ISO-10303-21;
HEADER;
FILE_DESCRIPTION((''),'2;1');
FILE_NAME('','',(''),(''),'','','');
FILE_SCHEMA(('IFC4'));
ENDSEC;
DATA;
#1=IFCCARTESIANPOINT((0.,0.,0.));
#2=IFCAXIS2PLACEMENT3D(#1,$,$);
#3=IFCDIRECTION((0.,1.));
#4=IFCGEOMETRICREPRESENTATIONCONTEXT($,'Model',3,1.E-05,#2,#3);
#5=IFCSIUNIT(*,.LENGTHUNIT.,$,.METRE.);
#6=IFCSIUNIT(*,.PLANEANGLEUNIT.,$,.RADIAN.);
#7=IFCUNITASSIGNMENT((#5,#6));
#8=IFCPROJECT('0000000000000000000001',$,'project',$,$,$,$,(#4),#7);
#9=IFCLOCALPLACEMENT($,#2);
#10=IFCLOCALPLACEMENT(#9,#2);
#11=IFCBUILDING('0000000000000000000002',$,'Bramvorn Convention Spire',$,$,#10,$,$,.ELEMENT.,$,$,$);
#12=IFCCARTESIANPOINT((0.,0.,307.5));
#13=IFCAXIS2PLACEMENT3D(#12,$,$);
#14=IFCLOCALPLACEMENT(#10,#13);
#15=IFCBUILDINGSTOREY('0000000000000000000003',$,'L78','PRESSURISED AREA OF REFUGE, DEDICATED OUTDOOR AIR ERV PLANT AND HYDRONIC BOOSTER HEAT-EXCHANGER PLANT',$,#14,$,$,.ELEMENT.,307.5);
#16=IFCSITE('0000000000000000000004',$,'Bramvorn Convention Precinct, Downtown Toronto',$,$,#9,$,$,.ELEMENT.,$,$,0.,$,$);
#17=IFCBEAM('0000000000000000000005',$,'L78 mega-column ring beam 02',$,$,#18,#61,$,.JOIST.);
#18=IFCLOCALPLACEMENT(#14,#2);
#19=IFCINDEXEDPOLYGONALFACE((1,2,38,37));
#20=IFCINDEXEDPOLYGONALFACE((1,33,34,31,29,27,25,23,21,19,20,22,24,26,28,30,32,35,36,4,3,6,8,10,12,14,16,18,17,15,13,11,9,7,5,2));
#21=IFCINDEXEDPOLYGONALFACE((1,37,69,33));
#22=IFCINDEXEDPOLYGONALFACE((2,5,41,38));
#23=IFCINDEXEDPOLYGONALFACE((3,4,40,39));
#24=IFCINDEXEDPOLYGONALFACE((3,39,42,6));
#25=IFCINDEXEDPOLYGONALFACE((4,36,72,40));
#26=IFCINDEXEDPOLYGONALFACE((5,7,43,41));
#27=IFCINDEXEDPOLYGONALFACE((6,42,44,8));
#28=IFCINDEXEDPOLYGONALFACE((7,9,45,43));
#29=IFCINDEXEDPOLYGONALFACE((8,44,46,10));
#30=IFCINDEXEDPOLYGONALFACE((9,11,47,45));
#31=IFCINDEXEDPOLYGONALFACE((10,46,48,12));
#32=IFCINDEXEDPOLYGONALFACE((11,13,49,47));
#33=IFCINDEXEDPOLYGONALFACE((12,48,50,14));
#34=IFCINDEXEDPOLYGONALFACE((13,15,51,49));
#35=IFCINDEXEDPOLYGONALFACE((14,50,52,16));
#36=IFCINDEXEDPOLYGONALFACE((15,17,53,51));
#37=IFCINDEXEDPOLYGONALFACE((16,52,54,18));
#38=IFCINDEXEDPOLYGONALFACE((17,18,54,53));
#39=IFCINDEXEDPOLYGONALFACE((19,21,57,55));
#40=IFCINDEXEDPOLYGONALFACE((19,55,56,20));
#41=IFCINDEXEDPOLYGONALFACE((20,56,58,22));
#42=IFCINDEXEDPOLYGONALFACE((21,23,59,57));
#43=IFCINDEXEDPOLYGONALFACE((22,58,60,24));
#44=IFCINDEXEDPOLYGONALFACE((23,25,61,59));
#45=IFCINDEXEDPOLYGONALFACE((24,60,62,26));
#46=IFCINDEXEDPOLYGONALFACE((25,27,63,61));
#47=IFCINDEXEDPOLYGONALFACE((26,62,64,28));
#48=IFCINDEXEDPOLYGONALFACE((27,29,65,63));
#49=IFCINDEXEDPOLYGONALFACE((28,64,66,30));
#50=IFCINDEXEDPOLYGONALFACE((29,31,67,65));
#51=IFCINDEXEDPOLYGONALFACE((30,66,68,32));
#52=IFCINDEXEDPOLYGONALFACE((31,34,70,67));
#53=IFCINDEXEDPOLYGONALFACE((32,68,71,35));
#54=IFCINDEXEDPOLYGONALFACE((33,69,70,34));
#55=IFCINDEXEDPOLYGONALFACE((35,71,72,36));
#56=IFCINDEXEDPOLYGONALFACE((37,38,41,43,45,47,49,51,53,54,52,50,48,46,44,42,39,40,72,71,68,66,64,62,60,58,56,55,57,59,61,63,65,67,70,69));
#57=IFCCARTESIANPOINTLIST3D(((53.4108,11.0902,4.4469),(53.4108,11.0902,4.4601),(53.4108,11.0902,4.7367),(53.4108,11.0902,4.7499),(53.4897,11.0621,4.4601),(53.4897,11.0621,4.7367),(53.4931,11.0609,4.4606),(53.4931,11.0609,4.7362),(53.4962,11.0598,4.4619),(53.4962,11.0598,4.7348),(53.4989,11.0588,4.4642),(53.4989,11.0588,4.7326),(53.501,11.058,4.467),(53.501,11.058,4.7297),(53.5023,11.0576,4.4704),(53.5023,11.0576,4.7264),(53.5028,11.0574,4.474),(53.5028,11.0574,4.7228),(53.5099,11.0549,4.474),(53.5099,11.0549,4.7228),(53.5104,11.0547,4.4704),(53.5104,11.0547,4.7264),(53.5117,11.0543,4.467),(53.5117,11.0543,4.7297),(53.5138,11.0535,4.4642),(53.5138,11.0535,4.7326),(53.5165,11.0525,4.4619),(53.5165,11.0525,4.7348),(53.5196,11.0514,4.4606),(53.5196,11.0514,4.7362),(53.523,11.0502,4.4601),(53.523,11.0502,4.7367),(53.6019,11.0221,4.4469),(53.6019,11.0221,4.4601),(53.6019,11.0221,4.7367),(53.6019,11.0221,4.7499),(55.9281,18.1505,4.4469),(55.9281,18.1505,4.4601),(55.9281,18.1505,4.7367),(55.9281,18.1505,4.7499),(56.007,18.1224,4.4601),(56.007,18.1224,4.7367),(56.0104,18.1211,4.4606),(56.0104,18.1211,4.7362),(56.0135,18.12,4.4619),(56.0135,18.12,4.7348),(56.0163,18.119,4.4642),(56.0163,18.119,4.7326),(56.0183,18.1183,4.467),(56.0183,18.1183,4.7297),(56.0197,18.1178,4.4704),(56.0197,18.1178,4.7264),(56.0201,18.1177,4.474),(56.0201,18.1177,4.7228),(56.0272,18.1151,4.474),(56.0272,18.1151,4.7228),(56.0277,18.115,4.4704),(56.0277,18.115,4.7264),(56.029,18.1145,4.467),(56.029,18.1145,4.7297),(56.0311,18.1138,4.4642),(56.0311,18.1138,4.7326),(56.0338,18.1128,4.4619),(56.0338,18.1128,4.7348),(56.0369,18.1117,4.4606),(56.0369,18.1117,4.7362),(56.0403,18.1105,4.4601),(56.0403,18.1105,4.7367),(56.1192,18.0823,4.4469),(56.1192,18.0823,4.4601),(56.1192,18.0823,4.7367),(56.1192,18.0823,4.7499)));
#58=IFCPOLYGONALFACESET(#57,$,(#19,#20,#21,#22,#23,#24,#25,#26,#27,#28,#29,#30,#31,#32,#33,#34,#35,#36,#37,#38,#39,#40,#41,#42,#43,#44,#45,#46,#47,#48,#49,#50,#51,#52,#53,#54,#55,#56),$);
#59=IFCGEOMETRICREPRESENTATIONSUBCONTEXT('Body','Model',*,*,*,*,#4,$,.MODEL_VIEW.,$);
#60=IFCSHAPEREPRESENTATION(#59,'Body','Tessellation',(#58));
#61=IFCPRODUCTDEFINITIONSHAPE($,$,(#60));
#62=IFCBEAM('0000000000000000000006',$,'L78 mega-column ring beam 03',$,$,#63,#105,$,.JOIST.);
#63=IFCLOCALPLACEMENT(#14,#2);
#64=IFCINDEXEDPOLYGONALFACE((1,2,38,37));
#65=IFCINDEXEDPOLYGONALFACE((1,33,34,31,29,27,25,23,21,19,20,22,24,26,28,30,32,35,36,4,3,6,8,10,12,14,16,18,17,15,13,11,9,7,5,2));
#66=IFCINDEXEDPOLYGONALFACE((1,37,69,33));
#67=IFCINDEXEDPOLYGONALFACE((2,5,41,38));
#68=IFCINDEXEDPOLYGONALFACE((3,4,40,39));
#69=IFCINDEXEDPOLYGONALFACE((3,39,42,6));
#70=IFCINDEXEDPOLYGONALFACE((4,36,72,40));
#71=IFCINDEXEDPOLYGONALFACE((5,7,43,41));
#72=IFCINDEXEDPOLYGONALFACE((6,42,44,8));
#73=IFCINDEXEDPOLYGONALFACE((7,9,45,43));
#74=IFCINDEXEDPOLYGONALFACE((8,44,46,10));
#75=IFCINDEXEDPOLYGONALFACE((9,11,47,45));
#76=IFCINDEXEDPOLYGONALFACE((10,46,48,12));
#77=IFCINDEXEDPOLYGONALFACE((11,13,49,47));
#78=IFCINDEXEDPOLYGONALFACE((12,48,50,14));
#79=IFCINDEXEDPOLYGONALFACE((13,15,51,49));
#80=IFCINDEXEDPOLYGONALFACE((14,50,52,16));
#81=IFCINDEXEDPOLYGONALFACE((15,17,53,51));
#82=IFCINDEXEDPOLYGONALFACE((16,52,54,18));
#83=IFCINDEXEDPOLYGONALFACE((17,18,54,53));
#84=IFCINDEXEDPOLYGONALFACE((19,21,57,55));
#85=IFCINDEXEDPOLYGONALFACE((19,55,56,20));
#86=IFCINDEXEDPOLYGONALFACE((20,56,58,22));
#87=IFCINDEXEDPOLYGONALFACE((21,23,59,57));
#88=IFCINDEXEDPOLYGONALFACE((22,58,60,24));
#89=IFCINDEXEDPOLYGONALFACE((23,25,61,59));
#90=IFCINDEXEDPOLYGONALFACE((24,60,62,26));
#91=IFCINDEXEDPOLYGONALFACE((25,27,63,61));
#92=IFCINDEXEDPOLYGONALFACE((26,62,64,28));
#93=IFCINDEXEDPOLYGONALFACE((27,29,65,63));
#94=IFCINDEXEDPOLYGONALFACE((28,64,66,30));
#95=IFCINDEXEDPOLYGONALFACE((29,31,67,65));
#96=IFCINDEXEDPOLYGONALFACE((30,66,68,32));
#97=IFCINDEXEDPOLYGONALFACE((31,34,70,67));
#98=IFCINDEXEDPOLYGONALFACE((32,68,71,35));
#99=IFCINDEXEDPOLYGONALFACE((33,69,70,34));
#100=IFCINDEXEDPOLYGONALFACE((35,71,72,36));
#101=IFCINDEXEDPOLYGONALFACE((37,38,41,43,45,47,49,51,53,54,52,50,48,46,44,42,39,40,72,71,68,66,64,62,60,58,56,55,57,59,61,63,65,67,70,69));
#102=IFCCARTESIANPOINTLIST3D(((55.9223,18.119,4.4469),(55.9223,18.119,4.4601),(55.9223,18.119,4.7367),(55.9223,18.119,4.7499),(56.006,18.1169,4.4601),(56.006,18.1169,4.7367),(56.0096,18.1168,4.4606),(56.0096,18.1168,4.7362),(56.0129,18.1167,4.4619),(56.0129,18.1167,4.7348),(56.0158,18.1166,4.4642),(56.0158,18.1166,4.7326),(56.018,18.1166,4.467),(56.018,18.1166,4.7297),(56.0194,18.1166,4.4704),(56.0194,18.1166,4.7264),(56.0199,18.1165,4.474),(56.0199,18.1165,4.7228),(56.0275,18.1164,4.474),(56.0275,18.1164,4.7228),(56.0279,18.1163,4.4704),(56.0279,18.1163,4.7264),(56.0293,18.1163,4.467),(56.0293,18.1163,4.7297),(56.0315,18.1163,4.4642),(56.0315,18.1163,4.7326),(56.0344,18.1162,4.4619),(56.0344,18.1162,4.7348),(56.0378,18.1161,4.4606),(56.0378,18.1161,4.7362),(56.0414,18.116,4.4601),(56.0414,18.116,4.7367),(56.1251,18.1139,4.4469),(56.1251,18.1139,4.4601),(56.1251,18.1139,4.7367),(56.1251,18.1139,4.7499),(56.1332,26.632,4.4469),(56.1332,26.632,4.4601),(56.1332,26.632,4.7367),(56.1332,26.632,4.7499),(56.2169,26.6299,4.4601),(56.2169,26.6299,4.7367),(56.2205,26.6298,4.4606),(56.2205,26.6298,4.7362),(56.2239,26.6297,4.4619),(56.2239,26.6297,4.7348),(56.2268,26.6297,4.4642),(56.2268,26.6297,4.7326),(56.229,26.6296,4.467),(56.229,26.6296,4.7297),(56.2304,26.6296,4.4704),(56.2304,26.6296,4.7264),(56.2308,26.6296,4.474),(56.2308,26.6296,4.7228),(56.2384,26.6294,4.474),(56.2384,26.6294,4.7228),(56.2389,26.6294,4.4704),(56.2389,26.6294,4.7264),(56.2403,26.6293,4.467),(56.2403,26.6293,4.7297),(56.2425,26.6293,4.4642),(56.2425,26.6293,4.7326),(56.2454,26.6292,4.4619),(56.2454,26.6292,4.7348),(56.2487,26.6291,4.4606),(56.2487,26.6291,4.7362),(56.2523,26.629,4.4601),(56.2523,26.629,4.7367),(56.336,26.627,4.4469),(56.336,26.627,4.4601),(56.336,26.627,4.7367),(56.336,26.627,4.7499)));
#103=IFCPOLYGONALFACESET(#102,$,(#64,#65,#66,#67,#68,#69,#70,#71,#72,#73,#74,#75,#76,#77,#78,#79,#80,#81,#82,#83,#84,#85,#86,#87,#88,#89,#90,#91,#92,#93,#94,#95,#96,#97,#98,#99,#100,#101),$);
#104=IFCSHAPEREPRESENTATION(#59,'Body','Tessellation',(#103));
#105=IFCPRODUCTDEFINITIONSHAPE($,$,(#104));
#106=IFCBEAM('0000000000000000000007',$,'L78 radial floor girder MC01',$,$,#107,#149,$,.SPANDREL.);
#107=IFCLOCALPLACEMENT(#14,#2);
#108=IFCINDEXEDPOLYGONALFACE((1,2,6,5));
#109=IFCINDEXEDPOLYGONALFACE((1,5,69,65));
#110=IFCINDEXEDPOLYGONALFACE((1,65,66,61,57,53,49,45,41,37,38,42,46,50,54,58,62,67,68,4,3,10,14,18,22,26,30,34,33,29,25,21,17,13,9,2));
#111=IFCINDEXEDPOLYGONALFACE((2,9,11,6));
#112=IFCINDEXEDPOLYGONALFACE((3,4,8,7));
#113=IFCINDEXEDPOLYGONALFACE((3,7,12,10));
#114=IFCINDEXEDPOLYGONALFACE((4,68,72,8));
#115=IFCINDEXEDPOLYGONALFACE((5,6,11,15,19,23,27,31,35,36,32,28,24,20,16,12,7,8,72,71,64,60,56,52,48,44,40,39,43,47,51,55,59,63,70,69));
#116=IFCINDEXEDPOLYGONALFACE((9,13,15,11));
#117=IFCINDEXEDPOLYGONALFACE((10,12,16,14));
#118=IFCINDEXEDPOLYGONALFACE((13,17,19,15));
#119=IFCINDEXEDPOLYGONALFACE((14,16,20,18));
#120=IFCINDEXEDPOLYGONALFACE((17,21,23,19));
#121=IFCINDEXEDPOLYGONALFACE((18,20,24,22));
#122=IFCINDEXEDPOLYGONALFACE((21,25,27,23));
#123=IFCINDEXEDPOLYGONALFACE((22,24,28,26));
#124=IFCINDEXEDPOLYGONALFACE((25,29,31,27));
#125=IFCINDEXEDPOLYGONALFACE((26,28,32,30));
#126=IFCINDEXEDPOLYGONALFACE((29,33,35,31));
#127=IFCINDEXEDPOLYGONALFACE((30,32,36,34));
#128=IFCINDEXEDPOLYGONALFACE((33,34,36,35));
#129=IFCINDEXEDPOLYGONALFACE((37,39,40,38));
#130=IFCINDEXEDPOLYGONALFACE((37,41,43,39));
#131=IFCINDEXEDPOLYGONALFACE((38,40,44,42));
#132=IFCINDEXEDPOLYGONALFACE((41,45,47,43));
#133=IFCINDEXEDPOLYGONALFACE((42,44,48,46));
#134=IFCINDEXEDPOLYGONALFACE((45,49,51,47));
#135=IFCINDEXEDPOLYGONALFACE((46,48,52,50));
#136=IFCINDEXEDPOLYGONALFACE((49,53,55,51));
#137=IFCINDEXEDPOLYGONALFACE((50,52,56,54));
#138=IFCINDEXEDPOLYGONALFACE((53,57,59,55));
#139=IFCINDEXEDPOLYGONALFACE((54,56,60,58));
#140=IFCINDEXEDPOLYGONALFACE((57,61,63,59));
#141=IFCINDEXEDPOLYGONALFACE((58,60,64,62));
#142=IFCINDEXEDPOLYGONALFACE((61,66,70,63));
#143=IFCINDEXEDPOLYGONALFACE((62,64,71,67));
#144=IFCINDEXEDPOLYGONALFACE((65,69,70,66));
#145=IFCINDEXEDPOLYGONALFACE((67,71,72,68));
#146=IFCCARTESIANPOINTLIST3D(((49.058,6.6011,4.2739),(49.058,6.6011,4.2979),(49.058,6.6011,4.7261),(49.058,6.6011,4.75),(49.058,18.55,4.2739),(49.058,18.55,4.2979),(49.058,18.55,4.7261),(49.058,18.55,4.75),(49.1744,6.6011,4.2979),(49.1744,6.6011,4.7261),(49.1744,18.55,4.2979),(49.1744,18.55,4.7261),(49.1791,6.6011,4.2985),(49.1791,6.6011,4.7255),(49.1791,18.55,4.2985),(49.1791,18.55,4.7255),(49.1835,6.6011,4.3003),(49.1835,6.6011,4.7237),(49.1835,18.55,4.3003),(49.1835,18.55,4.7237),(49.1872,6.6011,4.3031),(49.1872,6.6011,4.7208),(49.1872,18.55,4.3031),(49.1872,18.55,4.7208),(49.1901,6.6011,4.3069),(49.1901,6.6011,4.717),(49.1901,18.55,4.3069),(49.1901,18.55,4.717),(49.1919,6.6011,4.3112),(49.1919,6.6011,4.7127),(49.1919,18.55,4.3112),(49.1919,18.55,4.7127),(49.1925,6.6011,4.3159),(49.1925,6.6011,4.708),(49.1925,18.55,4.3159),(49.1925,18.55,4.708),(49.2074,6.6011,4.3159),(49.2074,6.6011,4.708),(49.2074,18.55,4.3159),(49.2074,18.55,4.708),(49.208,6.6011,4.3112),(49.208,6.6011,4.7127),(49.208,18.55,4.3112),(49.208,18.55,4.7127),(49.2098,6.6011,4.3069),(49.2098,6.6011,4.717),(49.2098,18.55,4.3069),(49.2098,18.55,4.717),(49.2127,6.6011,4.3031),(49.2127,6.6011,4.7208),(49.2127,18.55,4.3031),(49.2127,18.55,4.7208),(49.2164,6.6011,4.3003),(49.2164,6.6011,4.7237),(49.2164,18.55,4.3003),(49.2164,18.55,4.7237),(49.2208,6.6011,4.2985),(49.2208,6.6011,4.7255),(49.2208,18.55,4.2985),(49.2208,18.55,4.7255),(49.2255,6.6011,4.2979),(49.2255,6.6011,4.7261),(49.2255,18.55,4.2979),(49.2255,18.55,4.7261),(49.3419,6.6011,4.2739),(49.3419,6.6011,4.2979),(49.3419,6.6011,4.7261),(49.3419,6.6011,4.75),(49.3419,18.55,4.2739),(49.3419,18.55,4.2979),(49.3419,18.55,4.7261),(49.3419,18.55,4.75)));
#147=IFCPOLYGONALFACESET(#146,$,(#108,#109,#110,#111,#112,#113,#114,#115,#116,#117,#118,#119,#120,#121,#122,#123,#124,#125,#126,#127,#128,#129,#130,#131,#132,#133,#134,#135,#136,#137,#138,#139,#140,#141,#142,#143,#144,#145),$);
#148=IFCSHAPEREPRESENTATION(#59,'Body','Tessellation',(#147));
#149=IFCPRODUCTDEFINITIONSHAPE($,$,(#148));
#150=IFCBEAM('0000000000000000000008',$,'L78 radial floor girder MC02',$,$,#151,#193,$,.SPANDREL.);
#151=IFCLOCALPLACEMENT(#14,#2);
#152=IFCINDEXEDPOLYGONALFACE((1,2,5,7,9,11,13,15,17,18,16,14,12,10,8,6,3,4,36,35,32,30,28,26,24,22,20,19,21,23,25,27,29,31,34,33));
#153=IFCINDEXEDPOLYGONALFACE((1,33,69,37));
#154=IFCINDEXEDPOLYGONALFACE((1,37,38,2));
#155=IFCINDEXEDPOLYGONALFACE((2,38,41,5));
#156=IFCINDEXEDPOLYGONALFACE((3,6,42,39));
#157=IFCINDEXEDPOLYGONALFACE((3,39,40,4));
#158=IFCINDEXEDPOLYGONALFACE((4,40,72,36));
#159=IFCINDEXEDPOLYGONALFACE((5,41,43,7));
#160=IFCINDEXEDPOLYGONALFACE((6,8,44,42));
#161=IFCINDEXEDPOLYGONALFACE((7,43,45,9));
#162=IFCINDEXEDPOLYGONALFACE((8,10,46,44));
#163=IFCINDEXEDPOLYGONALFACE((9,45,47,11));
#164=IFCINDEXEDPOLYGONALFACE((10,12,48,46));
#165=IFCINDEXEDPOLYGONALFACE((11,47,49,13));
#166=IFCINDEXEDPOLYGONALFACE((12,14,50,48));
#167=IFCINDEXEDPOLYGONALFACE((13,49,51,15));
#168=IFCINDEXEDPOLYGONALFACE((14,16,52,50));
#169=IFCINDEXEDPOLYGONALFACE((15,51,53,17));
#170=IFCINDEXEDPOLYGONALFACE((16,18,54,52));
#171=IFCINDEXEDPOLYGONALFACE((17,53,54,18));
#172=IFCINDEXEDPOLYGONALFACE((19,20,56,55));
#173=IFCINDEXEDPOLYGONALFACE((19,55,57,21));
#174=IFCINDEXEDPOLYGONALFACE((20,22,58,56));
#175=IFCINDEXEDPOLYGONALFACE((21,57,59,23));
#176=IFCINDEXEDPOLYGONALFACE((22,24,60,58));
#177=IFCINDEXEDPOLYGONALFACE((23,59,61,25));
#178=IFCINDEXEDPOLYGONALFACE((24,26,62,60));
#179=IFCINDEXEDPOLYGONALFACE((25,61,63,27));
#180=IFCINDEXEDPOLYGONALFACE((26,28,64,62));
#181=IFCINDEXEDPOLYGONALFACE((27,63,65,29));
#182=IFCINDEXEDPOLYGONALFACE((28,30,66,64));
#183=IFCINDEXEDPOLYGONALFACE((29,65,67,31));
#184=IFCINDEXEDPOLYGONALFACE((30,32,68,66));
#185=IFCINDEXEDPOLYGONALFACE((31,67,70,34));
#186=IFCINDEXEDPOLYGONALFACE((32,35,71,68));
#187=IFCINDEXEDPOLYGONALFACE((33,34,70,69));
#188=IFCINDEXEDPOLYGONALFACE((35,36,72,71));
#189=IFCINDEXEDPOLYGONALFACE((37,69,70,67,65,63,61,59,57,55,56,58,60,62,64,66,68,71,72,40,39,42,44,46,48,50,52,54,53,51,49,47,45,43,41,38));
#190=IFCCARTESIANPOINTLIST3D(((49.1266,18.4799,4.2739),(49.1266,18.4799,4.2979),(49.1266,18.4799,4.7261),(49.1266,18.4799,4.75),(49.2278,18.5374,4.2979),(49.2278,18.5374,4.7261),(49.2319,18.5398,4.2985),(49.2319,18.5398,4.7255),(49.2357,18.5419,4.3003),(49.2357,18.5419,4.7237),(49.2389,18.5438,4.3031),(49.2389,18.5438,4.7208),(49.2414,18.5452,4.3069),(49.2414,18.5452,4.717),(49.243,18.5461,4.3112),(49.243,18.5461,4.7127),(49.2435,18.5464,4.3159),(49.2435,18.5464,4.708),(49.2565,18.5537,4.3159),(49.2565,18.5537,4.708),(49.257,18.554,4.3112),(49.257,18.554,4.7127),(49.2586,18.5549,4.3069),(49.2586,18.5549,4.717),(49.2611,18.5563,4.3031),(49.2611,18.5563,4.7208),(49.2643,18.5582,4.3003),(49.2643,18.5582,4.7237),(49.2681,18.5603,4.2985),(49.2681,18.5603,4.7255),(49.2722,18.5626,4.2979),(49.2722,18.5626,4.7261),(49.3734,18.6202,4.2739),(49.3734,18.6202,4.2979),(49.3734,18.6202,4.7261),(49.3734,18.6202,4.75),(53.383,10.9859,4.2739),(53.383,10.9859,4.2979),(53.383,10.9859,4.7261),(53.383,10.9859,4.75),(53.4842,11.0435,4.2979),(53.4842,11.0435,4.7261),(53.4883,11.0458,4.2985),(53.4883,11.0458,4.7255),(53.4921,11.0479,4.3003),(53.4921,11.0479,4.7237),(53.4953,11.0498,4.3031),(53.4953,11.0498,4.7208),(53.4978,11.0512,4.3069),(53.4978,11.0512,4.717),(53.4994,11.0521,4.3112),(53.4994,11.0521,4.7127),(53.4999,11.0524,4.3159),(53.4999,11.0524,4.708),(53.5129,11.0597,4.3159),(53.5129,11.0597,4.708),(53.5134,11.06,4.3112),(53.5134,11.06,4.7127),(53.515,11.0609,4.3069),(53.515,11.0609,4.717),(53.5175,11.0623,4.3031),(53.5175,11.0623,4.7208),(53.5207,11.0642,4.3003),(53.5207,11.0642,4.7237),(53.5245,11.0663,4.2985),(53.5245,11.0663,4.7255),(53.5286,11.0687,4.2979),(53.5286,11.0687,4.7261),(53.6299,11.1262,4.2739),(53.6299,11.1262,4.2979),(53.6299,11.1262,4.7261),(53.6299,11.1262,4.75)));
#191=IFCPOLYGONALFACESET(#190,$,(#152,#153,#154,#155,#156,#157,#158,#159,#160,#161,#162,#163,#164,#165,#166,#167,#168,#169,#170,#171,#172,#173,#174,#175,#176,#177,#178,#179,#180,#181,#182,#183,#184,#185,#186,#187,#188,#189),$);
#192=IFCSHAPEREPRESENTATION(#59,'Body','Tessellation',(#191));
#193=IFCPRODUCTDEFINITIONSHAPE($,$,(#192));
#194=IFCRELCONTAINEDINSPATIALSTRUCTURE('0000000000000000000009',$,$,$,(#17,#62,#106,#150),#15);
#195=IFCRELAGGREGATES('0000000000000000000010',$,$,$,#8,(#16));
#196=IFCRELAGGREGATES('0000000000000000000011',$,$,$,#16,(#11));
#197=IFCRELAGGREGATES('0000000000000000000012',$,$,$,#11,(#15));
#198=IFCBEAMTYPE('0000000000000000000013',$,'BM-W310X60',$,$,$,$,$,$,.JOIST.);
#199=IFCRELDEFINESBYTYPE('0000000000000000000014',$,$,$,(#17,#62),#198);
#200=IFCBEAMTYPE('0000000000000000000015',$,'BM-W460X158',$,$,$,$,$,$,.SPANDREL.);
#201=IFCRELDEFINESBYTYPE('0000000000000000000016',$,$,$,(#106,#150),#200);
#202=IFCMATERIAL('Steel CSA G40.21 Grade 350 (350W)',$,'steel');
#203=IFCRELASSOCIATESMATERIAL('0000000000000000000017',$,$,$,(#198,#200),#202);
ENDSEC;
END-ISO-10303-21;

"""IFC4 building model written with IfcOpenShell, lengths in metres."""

from ifc_helpers import new_model, si_unit, direction, frame, origin, origin_2d, place, context, subcontext, project, spatial, i_section, extrude, material, material_profile, profile_set, type_object, element, save


model = new_model("IFC4")

# Units and contexts
model_context = context("Model", 3, precision=1e-05, world=origin(), true_north=direction((0.0, 1.0)))
body_context = subcontext(model_context, "Body", "Model", "MODEL_VIEW")
ifc_project = project(units=[si_unit("LENGTHUNIT", "METRE"), si_unit("PLANEANGLEUNIT", "RADIAN")], contexts=[model_context])

# Site, building, storey
site_placement = place(None, origin())
site = spatial("IfcSite", under=ifc_project, at=site_placement, Name="Bramvorn Convention Precinct, Downtown Toronto", CompositionType="ELEMENT", RefElevation=0.0)
building_placement = place(site_placement, origin())
building = spatial("IfcBuilding", under=site, at=building_placement, Name="Bramvorn Convention Spire", CompositionType="ELEMENT")
storey_placement = place(building_placement, frame((0.0, 0.0, 307.5)))
storey = spatial("IfcBuildingStorey", under=building, at=storey_placement, Name="L78", Description="PRESSURISED AREA OF REFUGE, DEDICATED OUTDOOR AIR ERV PLANT AND HYDRONIC BOOSTER HEAT-EXCHANGER PLANT", CompositionType="ELEMENT", Elevation=307.5)

# Shared definitions
ifc_material_1 = material(Name="Steel CSA G40.21 Grade 350 (350W)", Category="steel")

# Beams
ifc_material_profile_1 = material_profile(ifc_material_1, i_section(OverallWidth=0.2029, OverallDepth=0.303, WebThickness=0.0076, FlangeThickness=0.0132, FilletRadius=0.0139, at=origin_2d()))
ifc_profile_set_1 = profile_set([ifc_material_profile_1], Name="Steel CSA G40.21 Grade 350 (350W) - W310X60")
beam_type_1 = type_object("IfcBeamType", Name="BM-W310X60", PredefinedType="JOIST", material=ifc_profile_set_1)
beam_1_placement = place(storey_placement, frame((53.5063, 11.0562, 4.5984), z_axis=(0.335839, 0.941919, 0.0), x_axis=(-0.941919, 0.335839, 0.0)))
element("IfcBeam", 1, at=beam_1_placement, inside=storey, type_object=beam_type_1, Name="L78 mega-column ring beam 02", PredefinedType="JOIST", context=body_context, shape_type="SweptSolid", body=[
    extrude(i_section(OverallWidth=0.2029, OverallDepth=0.303, WebThickness=0.0076, FlangeThickness=0.0132, FilletRadius=0.0139, at=origin_2d()), origin(), (0.0, 0.0, 1.0), 7.4956),
])
beam_2_placement = place(storey_placement, frame((56.0237, 18.1165, 4.5984), z_axis=(0.024771, 0.999693, 0.0), x_axis=(-0.999693, 0.024771, 0.0)))
element("IfcBeam", 2, at=beam_2_placement, inside=storey, type_object=beam_type_1, Name="L78 mega-column ring beam 03", PredefinedType="JOIST", context=body_context, shape_type="SweptSolid", body=[
    extrude(i_section(OverallWidth=0.2029, OverallDepth=0.303, WebThickness=0.0076, FlangeThickness=0.0132, FilletRadius=0.0139, at=origin_2d()), origin(), (0.0, 0.0, 1.0), 8.5156),
])
ifc_material_profile_2 = material_profile(ifc_material_1, i_section(OverallWidth=0.2839, OverallDepth=0.4761, WebThickness=0.0149, FlangeThickness=0.0239, FilletRadius=0.0181, at=origin_2d()))
ifc_profile_set_2 = profile_set([ifc_material_profile_2], Name="Steel CSA G40.21 Grade 350 (350W) - W460X158")
beam_type_2 = type_object("IfcBeamType", Name="BM-W460X158", PredefinedType="SPANDREL", material=ifc_profile_set_2)
beam_3_placement = place(storey_placement, frame((49.2, 18.55, 4.512), z_axis=(0.0, -1.0, 0.0), x_axis=(1.0, 0.0, 0.0)))
element("IfcBeam", 3, at=beam_3_placement, inside=storey, type_object=beam_type_2, Name="L78 radial floor girder MC01", PredefinedType="SPANDREL", context=body_context, shape_type="SweptSolid", body=[
    extrude(i_section(OverallWidth=0.2839, OverallDepth=0.4761, WebThickness=0.0149, FlangeThickness=0.0239, FilletRadius=0.0181, at=origin_2d()), origin(), (0.0, 0.0, 1.0), 11.949),
])
beam_4_placement = place(storey_placement, frame((49.25, 18.55, 4.512), z_axis=(0.493874, -0.869534, 0.0), x_axis=(0.869534, 0.493874, 0.0)))
element("IfcBeam", 4, at=beam_4_placement, inside=storey, type_object=beam_type_2, Name="L78 radial floor girder MC02", PredefinedType="SPANDREL", context=body_context, shape_type="SweptSolid", body=[
    extrude(i_section(OverallWidth=0.2839, OverallDepth=0.4761, WebThickness=0.0149, FlangeThickness=0.0239, FilletRadius=0.0181, at=origin_2d()), origin(), (0.0, 0.0, 1.0), 8.6184),
])

save(model, "model.ifc")
